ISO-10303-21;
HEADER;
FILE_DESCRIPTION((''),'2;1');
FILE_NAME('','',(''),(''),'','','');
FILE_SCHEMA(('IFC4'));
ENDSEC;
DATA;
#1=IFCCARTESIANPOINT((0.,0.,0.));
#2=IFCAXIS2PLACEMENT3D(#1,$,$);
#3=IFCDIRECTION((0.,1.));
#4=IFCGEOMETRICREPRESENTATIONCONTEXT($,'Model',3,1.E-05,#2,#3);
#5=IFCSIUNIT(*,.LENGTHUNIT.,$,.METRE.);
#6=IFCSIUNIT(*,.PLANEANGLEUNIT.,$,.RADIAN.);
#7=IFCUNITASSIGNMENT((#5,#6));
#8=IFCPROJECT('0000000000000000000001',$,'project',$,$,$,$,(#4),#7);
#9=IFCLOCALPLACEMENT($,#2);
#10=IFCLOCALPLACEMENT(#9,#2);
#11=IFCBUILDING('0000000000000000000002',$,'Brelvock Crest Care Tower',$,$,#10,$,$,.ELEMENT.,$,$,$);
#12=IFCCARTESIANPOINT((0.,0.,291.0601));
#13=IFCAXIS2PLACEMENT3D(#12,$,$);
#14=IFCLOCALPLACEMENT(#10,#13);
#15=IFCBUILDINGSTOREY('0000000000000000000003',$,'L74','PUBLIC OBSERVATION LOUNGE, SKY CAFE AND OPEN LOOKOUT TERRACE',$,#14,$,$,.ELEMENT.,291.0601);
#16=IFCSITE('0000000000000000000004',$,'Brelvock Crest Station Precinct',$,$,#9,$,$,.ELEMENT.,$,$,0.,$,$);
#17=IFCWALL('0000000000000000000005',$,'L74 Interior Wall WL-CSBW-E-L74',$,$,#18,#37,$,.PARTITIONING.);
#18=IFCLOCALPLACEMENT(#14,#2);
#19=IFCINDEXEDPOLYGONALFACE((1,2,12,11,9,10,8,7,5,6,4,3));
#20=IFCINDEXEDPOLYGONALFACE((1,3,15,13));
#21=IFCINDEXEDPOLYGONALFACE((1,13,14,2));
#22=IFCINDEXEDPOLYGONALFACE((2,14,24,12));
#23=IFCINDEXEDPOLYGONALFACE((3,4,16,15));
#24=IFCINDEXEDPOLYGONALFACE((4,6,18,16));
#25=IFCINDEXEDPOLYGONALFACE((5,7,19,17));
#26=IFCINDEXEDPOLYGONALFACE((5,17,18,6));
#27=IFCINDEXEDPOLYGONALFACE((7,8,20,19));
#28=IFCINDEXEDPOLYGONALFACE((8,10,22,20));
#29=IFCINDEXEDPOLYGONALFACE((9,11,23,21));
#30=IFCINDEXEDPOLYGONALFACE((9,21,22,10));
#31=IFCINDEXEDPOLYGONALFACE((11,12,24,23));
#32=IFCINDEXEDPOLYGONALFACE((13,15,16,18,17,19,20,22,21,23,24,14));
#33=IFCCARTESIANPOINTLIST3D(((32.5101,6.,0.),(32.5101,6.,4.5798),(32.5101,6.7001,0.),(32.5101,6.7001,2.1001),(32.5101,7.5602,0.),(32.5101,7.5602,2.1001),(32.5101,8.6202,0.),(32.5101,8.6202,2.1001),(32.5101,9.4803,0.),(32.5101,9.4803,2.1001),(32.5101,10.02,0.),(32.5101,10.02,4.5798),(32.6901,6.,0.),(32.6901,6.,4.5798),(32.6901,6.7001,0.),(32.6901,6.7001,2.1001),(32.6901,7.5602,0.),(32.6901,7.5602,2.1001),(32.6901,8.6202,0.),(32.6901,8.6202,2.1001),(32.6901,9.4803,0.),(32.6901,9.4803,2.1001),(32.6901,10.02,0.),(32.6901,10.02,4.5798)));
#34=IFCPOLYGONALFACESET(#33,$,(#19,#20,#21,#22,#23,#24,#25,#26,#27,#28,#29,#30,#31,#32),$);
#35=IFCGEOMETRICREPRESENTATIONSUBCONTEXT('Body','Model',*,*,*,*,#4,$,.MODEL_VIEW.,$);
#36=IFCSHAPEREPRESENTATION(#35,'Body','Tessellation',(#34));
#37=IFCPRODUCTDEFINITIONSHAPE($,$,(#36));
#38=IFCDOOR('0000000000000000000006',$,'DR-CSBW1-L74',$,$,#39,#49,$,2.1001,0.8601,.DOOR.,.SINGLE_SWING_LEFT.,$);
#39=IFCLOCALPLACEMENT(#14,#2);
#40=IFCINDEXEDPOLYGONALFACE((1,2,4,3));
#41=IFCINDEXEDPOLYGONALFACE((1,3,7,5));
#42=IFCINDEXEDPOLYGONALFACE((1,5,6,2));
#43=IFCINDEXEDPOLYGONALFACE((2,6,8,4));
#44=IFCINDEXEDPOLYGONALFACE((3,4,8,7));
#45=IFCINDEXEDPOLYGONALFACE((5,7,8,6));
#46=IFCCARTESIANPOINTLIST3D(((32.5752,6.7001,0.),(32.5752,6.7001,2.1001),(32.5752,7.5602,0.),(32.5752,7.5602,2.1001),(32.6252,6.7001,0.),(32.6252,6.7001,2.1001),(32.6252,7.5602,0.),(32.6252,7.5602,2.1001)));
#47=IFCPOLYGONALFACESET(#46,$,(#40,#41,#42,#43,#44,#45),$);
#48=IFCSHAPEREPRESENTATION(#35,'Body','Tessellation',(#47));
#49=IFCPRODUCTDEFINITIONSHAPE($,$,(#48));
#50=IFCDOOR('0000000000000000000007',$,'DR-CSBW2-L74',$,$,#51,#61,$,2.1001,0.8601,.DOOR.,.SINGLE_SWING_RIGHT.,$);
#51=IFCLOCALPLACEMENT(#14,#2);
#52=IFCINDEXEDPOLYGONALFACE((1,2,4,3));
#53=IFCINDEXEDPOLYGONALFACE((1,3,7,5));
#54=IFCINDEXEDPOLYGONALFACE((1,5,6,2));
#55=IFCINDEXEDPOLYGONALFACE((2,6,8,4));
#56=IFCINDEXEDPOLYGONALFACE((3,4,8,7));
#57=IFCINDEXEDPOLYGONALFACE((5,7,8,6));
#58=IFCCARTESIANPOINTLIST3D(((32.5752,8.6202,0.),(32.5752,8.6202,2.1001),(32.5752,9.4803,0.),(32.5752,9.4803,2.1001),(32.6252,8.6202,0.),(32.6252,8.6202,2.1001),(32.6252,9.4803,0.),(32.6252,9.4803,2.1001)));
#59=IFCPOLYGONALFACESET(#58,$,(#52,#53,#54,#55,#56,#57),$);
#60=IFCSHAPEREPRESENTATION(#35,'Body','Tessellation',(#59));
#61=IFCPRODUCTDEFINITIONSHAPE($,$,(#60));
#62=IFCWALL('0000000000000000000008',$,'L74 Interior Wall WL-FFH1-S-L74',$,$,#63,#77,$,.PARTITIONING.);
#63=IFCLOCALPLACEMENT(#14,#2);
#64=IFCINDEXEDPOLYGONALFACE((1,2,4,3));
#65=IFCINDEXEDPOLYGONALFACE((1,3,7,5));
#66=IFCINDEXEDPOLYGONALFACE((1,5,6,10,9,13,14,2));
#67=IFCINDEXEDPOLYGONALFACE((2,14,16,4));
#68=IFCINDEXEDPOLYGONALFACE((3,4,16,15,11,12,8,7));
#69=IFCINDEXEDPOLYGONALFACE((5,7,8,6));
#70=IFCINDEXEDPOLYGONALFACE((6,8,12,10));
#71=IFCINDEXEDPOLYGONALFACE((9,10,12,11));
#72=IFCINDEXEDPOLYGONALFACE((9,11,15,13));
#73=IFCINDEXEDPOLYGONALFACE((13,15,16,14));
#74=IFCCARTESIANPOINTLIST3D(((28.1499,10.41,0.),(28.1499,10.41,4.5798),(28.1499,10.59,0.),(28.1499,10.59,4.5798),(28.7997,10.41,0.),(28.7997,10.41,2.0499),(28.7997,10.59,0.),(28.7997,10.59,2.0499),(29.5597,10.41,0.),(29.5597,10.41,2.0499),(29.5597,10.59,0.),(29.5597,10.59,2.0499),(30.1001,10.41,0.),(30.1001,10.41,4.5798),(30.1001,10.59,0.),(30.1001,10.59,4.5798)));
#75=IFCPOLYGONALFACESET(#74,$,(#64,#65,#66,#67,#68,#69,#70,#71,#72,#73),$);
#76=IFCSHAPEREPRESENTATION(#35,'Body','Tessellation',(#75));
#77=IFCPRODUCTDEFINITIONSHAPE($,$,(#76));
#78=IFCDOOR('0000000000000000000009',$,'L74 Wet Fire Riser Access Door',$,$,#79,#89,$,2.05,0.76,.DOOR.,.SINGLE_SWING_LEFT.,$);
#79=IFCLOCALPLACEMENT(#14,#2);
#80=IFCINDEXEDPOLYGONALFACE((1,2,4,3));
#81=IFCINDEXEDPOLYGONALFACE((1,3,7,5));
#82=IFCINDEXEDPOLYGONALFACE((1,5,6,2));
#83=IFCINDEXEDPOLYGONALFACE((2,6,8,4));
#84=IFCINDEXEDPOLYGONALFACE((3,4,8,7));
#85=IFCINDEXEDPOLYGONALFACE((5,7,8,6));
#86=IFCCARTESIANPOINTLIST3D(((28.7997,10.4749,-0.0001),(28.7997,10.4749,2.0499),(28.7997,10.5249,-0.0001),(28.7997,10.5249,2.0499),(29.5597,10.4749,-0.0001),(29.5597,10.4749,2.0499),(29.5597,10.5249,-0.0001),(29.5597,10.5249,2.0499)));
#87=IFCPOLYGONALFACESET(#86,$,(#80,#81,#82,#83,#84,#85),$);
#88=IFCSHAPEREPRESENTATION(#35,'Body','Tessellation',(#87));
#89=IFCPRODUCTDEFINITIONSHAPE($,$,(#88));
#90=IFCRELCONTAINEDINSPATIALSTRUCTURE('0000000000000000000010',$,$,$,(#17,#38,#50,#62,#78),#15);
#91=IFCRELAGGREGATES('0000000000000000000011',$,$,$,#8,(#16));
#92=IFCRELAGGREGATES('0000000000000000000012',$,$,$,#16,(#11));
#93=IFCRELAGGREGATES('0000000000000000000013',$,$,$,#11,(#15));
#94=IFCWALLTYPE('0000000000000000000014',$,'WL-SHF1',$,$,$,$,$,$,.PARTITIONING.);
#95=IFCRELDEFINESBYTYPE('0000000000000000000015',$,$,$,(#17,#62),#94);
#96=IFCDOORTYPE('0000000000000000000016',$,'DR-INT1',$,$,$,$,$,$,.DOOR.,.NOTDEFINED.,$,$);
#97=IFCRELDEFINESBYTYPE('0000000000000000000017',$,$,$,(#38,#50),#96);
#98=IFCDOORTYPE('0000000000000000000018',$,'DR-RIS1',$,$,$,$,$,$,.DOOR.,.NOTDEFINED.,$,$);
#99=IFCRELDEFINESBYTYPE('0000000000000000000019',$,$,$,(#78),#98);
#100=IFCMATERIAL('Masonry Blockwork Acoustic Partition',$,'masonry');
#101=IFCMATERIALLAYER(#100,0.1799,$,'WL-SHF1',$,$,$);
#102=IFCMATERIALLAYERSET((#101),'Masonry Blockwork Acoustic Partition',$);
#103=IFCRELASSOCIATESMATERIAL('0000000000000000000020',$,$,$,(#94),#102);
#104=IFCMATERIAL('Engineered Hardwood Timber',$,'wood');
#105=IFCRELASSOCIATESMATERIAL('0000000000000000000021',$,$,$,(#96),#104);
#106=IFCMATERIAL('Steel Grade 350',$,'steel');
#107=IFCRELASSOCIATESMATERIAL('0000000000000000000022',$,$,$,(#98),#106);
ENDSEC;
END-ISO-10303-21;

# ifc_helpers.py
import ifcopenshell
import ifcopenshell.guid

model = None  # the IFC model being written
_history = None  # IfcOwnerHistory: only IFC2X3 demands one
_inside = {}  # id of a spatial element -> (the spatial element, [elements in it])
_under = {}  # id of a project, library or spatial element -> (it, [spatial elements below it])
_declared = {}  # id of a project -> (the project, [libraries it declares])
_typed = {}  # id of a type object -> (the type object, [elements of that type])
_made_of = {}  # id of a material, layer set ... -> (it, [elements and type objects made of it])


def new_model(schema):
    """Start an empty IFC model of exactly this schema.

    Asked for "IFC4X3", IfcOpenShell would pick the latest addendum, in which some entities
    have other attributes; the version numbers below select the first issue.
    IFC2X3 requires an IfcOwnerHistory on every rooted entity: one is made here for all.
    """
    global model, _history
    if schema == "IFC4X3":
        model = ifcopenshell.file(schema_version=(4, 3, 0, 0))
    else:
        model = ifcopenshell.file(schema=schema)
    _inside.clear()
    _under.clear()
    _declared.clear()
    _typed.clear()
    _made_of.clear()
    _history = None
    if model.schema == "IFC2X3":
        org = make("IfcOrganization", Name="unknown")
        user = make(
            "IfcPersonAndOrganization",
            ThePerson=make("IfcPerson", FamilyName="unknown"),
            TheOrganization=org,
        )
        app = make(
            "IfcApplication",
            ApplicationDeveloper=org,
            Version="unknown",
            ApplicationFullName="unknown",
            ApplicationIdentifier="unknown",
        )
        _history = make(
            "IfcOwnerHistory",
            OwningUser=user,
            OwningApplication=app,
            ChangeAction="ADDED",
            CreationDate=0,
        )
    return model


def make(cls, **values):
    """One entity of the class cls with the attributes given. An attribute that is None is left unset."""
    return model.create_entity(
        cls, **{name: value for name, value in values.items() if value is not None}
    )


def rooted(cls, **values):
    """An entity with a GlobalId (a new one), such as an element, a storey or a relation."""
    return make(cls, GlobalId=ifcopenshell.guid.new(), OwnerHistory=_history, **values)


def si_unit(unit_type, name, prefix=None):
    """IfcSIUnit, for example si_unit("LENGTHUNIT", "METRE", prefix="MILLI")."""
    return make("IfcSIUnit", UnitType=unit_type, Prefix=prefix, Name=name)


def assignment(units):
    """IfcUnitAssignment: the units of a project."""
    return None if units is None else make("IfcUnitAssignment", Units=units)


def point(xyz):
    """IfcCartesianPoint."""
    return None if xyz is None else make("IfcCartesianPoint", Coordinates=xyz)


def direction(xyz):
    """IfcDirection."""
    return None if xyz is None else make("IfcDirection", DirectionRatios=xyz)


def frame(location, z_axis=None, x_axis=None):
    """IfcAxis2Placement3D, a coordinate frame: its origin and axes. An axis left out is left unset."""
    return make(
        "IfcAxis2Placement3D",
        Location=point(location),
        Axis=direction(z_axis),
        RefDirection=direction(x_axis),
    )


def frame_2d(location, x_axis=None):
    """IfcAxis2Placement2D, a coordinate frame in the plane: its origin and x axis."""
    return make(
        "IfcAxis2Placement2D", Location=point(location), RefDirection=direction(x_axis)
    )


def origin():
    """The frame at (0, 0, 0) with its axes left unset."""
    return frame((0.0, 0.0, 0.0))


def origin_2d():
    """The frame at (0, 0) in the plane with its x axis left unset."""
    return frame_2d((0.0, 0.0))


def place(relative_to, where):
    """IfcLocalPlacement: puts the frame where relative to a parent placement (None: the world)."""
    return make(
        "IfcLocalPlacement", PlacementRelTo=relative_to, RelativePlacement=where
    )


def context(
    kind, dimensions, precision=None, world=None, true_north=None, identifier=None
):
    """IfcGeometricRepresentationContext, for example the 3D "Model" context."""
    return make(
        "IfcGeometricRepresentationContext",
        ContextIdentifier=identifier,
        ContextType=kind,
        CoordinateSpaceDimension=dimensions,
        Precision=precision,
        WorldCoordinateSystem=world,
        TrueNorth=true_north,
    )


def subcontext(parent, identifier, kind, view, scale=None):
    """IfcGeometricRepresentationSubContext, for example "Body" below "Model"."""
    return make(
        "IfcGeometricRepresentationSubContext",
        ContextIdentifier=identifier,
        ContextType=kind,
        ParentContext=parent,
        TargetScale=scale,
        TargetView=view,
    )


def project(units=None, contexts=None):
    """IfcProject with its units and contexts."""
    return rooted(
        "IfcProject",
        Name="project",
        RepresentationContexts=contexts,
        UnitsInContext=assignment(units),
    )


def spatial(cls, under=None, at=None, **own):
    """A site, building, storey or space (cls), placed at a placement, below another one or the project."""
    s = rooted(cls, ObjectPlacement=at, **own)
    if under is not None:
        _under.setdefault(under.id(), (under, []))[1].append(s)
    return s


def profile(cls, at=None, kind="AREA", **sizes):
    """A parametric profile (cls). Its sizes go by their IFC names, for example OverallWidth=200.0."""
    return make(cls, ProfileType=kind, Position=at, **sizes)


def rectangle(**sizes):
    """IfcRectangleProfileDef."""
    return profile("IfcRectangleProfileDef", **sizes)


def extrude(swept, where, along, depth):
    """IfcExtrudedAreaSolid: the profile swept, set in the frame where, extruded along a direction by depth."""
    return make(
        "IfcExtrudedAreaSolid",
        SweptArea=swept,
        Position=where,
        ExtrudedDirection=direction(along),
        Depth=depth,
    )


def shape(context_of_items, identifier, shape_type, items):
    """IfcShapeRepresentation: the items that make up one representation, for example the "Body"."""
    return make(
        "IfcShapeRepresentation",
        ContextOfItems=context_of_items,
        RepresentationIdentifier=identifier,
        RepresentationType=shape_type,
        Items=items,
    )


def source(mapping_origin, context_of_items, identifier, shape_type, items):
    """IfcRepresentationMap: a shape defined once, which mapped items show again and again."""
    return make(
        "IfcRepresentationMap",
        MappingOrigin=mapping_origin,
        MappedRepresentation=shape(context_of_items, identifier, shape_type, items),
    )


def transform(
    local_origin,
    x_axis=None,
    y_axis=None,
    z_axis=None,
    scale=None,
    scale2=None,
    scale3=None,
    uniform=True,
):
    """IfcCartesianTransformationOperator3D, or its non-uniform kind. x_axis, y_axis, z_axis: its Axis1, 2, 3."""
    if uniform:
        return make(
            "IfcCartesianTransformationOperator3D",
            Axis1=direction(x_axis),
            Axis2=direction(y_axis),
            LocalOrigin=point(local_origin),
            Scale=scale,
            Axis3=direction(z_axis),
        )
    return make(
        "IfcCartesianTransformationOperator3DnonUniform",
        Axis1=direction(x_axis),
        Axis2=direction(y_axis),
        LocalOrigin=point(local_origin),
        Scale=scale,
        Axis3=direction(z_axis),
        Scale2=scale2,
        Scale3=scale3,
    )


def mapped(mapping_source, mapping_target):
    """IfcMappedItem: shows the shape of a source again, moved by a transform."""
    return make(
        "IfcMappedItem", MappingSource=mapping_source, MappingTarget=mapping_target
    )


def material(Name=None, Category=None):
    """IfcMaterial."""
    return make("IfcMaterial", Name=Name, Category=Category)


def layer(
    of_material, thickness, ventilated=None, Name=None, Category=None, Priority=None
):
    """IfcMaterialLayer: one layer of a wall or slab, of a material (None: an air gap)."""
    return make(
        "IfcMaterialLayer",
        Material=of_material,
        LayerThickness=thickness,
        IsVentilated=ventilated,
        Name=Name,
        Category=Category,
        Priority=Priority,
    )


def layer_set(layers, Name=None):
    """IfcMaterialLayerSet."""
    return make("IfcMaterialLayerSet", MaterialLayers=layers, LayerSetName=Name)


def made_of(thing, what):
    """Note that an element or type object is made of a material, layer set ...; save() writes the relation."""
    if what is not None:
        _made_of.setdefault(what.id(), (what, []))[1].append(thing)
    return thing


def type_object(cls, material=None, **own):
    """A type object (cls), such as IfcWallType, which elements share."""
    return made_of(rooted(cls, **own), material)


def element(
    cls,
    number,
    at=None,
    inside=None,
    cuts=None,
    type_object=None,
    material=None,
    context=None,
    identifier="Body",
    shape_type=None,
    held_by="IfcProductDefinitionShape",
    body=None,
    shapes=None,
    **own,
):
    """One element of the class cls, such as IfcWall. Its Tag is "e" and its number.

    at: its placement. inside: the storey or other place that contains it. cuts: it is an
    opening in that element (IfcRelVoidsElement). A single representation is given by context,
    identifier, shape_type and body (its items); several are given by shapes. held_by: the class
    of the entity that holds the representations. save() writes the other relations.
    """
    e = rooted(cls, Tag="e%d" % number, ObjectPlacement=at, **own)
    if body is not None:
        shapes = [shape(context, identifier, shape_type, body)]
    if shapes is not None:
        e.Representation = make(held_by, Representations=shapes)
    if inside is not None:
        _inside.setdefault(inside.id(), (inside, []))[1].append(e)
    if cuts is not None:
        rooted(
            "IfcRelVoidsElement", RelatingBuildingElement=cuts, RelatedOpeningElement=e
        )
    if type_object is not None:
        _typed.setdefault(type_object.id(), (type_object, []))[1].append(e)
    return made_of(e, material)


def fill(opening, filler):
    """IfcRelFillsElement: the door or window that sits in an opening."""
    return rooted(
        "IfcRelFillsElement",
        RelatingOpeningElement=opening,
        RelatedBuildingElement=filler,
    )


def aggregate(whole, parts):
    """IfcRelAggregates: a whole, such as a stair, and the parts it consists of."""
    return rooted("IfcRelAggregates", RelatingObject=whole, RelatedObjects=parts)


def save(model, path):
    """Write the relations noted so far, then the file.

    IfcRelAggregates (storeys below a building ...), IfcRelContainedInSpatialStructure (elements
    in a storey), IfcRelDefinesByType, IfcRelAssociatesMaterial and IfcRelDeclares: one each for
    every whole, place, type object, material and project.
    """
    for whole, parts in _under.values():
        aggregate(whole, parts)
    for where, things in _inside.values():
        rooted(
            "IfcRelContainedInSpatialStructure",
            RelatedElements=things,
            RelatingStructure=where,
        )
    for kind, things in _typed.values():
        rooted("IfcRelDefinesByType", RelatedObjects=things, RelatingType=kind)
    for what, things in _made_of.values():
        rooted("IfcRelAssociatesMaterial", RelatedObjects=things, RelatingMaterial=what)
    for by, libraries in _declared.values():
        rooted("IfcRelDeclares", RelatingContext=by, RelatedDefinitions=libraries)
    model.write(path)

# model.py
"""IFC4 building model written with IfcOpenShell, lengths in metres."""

from ifc_helpers import new_model, si_unit, direction, frame, frame_2d, origin, origin_2d, place, context, subcontext, project, spatial, rectangle, extrude, source, transform, mapped, material, layer, layer_set, type_object, element, fill, save


model = new_model("IFC4")

# Units and contexts
model_context = context("Model", 3, precision=1e-05, world=origin(), true_north=direction((0.0, 1.0)))
body_context = subcontext(model_context, "Body", "Model", "MODEL_VIEW")
ifc_project = project(units=[si_unit("LENGTHUNIT", "METRE"), si_unit("PLANEANGLEUNIT", "RADIAN")], contexts=[model_context])

# Site, building, storey
site_placement = place(None, origin())
site = spatial("IfcSite", under=ifc_project, at=site_placement, Name="Brelvock Crest Station Precinct", CompositionType="ELEMENT", RefElevation=0.0)
building_placement = place(site_placement, origin())
building = spatial("IfcBuilding", under=site, at=building_placement, Name="Brelvock Crest Care Tower", CompositionType="ELEMENT")
storey_placement = place(building_placement, frame((0.0, 0.0, 291.0601)))
storey = spatial("IfcBuildingStorey", under=building, at=storey_placement, Name="L74", Description="PUBLIC OBSERVATION LOUNGE, SKY CAFE AND OPEN LOOKOUT TERRACE", CompositionType="ELEMENT", Elevation=291.0601)

# Shared definitions
ifc_material_1 = material(Name="Steel Grade 350", Category="steel")

# Shared definitions
ifc_material_2 = material(Name="Masonry Blockwork Acoustic Partition", Category="masonry")
ifc_layer_1 = layer(ifc_material_2, 0.1799, Name="WL-SHF1")
ifc_layer_set_1 = layer_set([ifc_layer_1], Name="Masonry Blockwork Acoustic Partition")
wall_type_1 = type_object("IfcWallType", Name="WL-SHF1", PredefinedType="PARTITIONING", material=ifc_layer_set_1)

# Wall, openings, doors
wall_1_placement = place(storey_placement, frame((32.6001, 6.0, 0.0), z_axis=(0.0, 0.0, 1.0), x_axis=(0.0, 1.0, 0.0)))
wall_1 = element("IfcWall", 1, at=wall_1_placement, inside=storey, type_object=wall_type_1, Name="L74 Interior Wall WL-CSBW-E-L74", PredefinedType="PARTITIONING", context=body_context, shape_type="SweptSolid", body=[
    extrude(rectangle(XDim=4.02, YDim=0.1799, at=frame_2d((2.01, 0.0))), origin(), (0.0, 0.0, 1.0), 4.5798),
])
opening_1_placement = place(wall_1_placement, frame((0.7, 0.0, 0.0)))
opening_1 = element("IfcOpeningElement", 2, at=opening_1_placement, cuts=wall_1, PredefinedType="OPENING", context=body_context, shape_type="SweptSolid", body=[
    extrude(rectangle(XDim=0.8601, YDim=2.1001, at=origin_2d()), frame((0.4302, 0.1001, 1.05), z_axis=(0.0, -1.0, 0.0), x_axis=(1.0, 0.0, 0.0)), (0.0, 0.0, 1.0), 0.2),
])
opening_2_placement = place(wall_1_placement, frame((2.6201, 0.0, 0.0)))
opening_2 = element("IfcOpeningElement", 3, at=opening_2_placement, cuts=wall_1, PredefinedType="OPENING", context=body_context, shape_type="SweptSolid", body=[
    extrude(rectangle(XDim=0.8601, YDim=2.1001, at=origin_2d()), frame((0.4302, 0.1001, 1.05), z_axis=(0.0, -1.0, 0.0), x_axis=(1.0, 0.0, 0.0)), (0.0, 0.0, 1.0), 0.2),
])
ifc_material_3 = material(Name="Engineered Hardwood Timber", Category="wood")
door_type_1 = type_object("IfcDoorType", Name="DR-INT1", OperationType="NOTDEFINED", PredefinedType="DOOR", material=ifc_material_3)
shared_shape_1 = source(origin(), body_context, "Body", "SweptSolid", [
    extrude(rectangle(XDim=0.8601, YDim=2.1001, at=origin_2d()), frame((0.4302, 0.0249, 1.05), z_axis=(0.0, -1.0, 0.0), x_axis=(1.0, 0.0, 0.0)), (0.0, 0.0, 1.0), 0.05),
])
door_1_placement = place(opening_1_placement, origin())
door_1 = element("IfcDoor", 4, at=door_1_placement, inside=storey, type_object=door_type_1, Name="DR-CSBW1-L74", OperationType="SINGLE_SWING_LEFT", OverallHeight=2.1001, OverallWidth=0.8601, PredefinedType="DOOR", context=body_context, shape_type="MappedRepresentation", body=[
    mapped(shared_shape_1, transform((0.0, 0.0, 0.0), x_axis=(1.0, 0.0, 0.0), y_axis=(0.0, 1.0, 0.0), z_axis=(0.0, 0.0, 1.0), scale=1.0)),
])
fill(opening_1, door_1)
door_2_placement = place(opening_2_placement, origin())
door_2 = element("IfcDoor", 5, at=door_2_placement, inside=storey, type_object=door_type_1, Name="DR-CSBW2-L74", OperationType="SINGLE_SWING_RIGHT", OverallHeight=2.1001, OverallWidth=0.8601, PredefinedType="DOOR", context=body_context, shape_type="MappedRepresentation", body=[
    mapped(shared_shape_1, transform((0.0, 0.0, 0.0), x_axis=(1.0, 0.0, 0.0), y_axis=(0.0, 1.0, 0.0), z_axis=(0.0, 0.0, 1.0), scale=1.0)),
])
fill(opening_2, door_2)

# Wall, opening, door
wall_2_placement = place(storey_placement, frame((28.1499, 10.5, 0.0), z_axis=(0.0, 0.0, 1.0), x_axis=(1.0, 0.0, 0.0)))
wall_2 = element("IfcWall", 6, at=wall_2_placement, inside=storey, type_object=wall_type_1, Name="L74 Interior Wall WL-FFH1-S-L74", PredefinedType="PARTITIONING", context=body_context, shape_type="SweptSolid", body=[
    extrude(rectangle(XDim=1.9502, YDim=0.1799, at=frame_2d((0.9751, 0.0))), origin(), (0.0, 0.0, 1.0), 4.5798),
])
opening_3_placement = place(wall_2_placement, frame((0.6499, 0.0, 0.0)))
opening_3 = element("IfcOpeningElement", 7, at=opening_3_placement, cuts=wall_2, PredefinedType="OPENING", context=body_context, shape_type="SweptSolid", body=[
    extrude(rectangle(XDim=0.76, YDim=2.05, at=origin_2d()), frame((0.3799, 0.1001, 1.0249), z_axis=(0.0, -1.0, 0.0), x_axis=(1.0, 0.0, 0.0)), (0.0, 0.0, 1.0), 0.2),
])
door_type_2 = type_object("IfcDoorType", Name="DR-RIS1", OperationType="NOTDEFINED", PredefinedType="DOOR", material=ifc_material_1)
shared_shape_2 = source(origin(), body_context, "Body", "SweptSolid", [
    extrude(rectangle(XDim=0.76, YDim=2.05, at=origin_2d()), frame((0.3799, 0.0249, 1.0249), z_axis=(0.0, -1.0, 0.0), x_axis=(1.0, 0.0, 0.0)), (0.0, 0.0, 1.0), 0.05),
])
door_3_placement = place(opening_3_placement, origin())
door_3 = element("IfcDoor", 8, at=door_3_placement, inside=storey, type_object=door_type_2, Name="L74 Wet Fire Riser Access Door", OperationType="SINGLE_SWING_LEFT", OverallHeight=2.05, OverallWidth=0.76, PredefinedType="DOOR", context=body_context, shape_type="MappedRepresentation", body=[
    mapped(shared_shape_2, transform((0.0, 0.0, 0.0), x_axis=(1.0, 0.0, 0.0), y_axis=(0.0, 1.0, 0.0), z_axis=(0.0, 0.0, 1.0), scale=1.0)),
])
fill(opening_3, door_3)

save(model, "model.ifc")
